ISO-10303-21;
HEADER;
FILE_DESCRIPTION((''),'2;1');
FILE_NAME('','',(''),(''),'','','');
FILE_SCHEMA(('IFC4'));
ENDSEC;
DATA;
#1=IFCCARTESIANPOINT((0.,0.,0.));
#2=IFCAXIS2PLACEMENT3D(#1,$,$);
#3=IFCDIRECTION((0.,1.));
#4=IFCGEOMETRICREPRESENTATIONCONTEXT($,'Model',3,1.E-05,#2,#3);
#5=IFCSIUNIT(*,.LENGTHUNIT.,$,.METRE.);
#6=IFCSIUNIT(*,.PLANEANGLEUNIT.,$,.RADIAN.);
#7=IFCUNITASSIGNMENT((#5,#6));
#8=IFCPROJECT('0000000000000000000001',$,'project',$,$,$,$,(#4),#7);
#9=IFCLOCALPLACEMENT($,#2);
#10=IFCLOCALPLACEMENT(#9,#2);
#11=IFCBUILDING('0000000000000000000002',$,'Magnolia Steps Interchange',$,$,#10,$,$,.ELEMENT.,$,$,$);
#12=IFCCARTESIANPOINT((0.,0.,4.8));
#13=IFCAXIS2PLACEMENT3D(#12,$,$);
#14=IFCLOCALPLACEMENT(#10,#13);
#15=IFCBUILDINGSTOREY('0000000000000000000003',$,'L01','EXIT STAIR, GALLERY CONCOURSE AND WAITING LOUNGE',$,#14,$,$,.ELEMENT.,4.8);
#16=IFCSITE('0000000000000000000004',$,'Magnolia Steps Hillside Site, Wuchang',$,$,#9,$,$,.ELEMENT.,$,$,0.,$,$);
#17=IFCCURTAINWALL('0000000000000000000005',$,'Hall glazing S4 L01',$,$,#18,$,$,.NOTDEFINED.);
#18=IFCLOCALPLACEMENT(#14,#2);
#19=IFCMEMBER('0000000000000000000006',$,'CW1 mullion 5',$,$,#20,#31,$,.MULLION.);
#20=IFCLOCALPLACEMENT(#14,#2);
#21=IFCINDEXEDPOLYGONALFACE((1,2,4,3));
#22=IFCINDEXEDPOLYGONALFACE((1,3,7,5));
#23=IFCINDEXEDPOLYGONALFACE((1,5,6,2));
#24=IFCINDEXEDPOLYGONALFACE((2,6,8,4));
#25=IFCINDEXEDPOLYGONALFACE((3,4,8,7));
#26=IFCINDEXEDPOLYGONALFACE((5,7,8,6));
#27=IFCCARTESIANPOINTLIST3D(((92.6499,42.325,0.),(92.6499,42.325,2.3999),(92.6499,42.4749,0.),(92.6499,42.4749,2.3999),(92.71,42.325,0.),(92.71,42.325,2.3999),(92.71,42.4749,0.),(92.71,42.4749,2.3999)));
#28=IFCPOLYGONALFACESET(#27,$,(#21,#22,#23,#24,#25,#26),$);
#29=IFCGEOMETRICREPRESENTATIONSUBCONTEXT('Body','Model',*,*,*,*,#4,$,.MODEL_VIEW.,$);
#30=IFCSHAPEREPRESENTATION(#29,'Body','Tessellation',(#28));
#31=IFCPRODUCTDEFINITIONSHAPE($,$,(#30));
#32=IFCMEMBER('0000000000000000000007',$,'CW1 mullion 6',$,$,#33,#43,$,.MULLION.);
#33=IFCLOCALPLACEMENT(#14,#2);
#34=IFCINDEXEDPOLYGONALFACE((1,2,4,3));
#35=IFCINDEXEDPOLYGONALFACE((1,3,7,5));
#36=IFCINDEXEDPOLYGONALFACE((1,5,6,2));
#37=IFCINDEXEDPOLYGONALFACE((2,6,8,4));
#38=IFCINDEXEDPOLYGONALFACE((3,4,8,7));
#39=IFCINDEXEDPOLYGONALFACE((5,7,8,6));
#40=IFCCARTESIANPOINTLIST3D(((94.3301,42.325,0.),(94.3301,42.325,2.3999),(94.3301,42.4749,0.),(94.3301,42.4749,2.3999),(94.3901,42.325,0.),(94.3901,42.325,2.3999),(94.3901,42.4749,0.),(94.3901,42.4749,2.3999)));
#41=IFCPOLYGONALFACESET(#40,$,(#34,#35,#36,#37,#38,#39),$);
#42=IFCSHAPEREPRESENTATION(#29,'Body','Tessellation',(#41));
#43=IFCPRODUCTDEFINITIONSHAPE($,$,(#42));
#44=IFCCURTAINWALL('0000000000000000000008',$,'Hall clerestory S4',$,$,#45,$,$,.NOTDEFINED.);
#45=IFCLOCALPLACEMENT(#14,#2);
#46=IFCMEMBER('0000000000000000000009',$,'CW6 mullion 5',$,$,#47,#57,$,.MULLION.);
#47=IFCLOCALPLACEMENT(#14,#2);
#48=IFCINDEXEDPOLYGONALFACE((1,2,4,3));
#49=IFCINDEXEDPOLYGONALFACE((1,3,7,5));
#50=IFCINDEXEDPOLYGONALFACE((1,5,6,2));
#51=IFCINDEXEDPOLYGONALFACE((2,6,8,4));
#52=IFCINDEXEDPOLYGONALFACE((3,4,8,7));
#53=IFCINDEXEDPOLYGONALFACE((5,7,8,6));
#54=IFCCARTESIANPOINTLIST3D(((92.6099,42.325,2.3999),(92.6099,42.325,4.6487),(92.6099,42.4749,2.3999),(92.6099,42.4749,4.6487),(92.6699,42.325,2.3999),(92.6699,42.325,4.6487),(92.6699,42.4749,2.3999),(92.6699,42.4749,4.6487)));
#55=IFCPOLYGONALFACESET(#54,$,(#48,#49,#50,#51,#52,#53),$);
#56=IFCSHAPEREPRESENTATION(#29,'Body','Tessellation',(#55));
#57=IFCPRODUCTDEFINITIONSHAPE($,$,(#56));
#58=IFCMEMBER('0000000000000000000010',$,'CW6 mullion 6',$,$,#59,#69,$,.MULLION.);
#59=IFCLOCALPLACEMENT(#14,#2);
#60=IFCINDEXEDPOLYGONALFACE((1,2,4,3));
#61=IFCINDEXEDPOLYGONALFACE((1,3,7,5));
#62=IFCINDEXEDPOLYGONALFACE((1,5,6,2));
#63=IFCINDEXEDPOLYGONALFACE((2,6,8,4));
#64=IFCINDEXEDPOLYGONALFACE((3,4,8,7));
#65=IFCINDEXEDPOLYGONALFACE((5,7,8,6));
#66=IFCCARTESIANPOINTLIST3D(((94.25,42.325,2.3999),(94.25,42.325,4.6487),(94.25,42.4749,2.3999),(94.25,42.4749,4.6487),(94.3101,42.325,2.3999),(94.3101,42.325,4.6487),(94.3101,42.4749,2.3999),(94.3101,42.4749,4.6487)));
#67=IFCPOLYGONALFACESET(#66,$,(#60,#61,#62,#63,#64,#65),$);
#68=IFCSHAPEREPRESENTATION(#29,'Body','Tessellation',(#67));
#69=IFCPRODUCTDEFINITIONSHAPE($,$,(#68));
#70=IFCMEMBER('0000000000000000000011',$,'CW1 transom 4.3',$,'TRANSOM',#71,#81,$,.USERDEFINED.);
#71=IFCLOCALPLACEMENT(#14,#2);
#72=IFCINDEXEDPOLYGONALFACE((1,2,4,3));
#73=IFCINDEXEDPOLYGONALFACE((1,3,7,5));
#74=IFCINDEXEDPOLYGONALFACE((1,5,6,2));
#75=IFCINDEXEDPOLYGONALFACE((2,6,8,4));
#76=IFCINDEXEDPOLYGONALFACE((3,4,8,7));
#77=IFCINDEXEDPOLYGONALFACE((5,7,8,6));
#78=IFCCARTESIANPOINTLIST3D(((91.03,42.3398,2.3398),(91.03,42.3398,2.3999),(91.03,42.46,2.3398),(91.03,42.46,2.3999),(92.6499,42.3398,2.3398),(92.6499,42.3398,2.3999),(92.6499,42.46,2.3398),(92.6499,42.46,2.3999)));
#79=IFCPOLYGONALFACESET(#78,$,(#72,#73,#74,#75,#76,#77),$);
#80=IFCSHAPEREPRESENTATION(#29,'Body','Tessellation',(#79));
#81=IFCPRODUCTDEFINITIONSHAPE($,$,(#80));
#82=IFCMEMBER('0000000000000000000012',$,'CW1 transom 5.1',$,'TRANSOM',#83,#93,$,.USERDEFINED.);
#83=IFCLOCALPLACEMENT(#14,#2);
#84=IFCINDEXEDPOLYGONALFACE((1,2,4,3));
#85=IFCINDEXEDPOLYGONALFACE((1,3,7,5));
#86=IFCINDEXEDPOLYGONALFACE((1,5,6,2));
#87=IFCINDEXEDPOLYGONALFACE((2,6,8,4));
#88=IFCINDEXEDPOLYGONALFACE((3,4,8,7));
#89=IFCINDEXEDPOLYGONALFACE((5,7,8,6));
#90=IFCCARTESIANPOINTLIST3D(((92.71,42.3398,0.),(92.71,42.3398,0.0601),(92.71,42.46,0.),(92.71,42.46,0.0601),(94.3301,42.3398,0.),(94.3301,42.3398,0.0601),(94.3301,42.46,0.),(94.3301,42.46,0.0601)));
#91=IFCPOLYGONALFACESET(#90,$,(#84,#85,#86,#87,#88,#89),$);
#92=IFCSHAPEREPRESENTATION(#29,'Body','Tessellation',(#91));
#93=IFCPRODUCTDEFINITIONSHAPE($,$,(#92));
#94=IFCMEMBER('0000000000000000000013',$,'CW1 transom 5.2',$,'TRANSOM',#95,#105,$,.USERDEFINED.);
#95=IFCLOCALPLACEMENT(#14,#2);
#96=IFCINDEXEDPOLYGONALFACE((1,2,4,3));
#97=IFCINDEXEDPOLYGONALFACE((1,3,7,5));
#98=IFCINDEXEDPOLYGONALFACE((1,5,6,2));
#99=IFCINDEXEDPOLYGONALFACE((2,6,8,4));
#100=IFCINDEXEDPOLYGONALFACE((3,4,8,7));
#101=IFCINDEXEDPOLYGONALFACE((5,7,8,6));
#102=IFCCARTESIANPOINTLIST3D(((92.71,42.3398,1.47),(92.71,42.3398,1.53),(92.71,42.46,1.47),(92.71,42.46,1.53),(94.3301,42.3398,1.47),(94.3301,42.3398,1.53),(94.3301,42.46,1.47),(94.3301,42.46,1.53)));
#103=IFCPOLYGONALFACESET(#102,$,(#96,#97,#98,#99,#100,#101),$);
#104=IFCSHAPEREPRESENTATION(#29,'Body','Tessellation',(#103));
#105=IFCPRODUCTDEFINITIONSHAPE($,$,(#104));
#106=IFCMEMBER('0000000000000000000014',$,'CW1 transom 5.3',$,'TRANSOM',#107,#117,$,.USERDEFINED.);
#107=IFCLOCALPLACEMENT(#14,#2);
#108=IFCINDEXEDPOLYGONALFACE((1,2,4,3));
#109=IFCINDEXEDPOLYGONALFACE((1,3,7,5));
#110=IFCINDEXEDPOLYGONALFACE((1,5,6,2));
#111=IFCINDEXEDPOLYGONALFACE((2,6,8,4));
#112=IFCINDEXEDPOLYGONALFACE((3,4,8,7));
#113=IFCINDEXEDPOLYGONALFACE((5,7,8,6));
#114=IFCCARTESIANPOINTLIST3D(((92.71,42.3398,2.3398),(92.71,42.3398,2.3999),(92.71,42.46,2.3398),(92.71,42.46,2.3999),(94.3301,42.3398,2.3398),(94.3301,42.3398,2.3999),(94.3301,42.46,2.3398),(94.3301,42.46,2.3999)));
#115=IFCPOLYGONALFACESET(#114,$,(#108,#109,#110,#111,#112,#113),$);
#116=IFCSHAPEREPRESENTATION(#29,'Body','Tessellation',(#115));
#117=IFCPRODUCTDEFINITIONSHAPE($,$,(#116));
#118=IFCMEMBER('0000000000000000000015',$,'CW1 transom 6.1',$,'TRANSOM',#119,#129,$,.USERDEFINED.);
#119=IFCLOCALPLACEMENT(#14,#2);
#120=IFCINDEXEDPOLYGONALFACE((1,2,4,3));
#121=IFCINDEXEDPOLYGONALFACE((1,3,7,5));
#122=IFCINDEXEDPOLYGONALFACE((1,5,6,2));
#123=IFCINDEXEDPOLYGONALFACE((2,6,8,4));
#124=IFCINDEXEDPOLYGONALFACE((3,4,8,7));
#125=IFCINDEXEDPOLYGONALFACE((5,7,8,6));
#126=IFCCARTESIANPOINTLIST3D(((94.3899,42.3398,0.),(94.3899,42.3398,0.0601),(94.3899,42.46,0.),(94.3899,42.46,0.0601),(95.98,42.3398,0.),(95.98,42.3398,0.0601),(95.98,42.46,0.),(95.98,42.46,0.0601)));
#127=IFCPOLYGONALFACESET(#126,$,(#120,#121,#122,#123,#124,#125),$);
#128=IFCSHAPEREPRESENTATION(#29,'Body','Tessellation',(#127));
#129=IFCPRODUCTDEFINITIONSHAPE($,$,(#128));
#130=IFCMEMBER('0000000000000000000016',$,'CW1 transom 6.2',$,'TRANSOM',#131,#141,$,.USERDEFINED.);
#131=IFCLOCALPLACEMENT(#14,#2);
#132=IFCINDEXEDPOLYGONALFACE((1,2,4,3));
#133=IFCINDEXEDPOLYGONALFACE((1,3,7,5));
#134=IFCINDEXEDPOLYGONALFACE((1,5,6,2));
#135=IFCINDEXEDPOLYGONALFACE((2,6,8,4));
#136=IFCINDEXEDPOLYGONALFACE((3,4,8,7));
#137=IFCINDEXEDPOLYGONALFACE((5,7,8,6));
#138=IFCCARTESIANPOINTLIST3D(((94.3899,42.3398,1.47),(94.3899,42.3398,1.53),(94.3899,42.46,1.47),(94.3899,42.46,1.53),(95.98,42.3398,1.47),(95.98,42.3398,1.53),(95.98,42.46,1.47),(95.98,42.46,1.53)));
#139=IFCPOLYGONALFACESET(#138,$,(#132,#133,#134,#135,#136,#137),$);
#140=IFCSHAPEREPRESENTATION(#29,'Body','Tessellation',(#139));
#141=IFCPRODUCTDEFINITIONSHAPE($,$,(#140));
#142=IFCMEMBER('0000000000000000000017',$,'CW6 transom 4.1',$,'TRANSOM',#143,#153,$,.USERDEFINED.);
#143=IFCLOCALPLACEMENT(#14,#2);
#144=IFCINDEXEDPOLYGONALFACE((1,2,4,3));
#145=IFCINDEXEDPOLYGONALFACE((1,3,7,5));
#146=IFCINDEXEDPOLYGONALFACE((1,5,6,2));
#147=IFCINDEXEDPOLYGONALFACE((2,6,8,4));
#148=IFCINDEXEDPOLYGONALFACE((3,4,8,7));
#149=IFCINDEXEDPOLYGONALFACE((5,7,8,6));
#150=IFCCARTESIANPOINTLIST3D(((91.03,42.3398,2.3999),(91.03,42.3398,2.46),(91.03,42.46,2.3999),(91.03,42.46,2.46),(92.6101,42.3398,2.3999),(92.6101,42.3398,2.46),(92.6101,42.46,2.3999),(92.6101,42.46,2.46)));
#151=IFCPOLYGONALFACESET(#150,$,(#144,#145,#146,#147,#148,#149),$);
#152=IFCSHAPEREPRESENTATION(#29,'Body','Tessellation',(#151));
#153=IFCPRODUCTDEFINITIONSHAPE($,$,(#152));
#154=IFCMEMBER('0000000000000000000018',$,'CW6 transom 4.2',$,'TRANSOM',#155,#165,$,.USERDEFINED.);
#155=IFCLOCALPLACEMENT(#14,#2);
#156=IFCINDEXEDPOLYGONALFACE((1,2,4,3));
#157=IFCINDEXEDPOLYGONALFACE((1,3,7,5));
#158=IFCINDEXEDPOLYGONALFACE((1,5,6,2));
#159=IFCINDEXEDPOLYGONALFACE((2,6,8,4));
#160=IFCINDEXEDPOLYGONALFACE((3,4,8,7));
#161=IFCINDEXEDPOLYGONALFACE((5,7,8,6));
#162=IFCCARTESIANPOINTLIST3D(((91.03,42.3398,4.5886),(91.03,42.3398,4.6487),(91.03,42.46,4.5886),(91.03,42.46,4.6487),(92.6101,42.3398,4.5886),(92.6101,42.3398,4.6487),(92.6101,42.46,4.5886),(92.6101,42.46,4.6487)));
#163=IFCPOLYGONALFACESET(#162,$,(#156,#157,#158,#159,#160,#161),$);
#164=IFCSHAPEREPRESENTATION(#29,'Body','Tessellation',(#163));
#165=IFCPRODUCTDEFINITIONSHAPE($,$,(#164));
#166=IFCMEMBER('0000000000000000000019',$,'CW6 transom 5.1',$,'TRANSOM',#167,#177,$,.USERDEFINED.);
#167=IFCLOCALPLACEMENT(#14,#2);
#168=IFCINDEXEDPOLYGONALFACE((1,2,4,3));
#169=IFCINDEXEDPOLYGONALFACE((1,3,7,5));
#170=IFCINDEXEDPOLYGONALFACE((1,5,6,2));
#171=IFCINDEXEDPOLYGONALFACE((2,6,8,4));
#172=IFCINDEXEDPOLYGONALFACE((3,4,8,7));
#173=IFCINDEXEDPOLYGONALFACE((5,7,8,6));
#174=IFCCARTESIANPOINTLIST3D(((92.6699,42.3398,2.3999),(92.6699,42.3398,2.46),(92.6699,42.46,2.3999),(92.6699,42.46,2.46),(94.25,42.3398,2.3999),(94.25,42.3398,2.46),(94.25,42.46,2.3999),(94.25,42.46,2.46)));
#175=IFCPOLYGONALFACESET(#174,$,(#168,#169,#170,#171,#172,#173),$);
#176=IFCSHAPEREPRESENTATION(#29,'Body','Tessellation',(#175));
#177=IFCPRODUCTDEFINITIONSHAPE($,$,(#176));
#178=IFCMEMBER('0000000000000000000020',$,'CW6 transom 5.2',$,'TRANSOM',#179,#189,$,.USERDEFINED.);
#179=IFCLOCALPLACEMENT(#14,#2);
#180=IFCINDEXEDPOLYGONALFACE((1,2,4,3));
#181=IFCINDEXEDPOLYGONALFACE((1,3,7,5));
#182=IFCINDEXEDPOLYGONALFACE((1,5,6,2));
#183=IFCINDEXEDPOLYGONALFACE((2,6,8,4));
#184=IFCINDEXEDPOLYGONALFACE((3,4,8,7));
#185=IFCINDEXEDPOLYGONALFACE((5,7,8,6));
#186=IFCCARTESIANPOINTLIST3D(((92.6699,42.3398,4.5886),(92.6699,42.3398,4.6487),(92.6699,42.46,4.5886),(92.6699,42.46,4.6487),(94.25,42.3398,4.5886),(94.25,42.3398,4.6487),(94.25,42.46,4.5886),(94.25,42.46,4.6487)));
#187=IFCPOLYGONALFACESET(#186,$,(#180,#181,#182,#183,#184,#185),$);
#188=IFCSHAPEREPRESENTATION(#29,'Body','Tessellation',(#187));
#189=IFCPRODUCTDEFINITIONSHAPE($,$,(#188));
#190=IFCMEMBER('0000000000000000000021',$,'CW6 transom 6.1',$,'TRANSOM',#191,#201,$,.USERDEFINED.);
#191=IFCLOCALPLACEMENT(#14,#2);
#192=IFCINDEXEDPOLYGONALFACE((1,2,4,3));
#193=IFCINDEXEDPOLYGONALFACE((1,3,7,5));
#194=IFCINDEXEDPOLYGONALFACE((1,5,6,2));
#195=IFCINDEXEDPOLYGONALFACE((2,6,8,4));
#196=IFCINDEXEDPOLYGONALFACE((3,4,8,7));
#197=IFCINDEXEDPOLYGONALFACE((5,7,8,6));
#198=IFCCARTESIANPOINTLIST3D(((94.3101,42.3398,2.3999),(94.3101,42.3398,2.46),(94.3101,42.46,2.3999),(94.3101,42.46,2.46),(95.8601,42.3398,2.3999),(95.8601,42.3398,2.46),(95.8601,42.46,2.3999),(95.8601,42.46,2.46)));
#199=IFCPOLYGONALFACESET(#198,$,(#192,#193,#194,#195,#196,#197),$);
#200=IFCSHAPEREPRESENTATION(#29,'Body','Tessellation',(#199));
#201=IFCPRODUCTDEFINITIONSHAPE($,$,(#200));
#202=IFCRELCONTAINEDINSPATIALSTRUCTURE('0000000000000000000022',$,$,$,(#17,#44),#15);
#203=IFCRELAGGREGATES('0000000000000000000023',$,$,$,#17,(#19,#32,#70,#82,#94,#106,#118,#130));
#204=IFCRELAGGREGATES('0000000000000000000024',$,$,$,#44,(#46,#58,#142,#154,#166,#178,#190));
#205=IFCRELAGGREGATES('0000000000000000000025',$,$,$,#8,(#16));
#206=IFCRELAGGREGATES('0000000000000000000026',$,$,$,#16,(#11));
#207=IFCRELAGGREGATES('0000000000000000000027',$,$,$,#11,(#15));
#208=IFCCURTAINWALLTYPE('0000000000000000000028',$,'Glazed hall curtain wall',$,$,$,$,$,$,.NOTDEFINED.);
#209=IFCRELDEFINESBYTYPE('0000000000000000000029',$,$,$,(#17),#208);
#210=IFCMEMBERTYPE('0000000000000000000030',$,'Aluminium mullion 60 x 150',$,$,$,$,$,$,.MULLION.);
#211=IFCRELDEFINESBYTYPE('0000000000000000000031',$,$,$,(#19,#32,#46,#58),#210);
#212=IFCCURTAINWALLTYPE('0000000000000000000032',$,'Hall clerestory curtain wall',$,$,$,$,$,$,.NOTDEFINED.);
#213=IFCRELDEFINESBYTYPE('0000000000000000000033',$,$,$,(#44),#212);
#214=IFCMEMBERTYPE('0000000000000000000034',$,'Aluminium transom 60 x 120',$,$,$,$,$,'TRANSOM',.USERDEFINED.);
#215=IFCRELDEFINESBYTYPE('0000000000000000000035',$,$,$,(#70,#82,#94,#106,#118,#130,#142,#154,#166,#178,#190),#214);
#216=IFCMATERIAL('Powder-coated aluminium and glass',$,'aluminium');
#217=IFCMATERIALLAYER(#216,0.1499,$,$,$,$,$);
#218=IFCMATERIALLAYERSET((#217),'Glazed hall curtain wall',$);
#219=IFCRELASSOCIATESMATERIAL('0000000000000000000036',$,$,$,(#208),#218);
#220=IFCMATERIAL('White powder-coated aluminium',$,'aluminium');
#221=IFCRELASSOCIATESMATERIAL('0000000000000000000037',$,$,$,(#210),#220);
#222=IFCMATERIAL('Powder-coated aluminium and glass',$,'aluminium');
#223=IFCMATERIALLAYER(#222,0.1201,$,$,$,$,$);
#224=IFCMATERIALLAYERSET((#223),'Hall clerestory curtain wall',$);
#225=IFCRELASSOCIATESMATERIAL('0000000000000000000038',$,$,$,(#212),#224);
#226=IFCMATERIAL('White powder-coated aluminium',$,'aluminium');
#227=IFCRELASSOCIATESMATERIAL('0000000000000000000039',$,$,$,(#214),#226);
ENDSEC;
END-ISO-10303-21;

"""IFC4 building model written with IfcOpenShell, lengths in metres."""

from ifc_helpers import new_model, si_unit, direction, frame, origin, origin_2d, place, context, subcontext, project, spatial, rectangle, extrude, material, layer, layer_set, material_profile, profile_set, type_object, element, aggregate, save


model = new_model("IFC4")

# Units and contexts
model_context = context("Model", 3, precision=1e-05, world=origin(), true_north=direction((0.0, 1.0)))
body_context = subcontext(model_context, "Body", "Model", "MODEL_VIEW")
ifc_project = project(units=[si_unit("LENGTHUNIT", "METRE"), si_unit("PLANEANGLEUNIT", "RADIAN")], contexts=[model_context])

# Site, building, storey
site_placement = place(None, origin())
site = spatial("IfcSite", under=ifc_project, at=site_placement, Name="Magnolia Steps Hillside Site, Wuchang", CompositionType="ELEMENT", RefElevation=0.0)
building_placement = place(site_placement, origin())
building = spatial("IfcBuilding", under=site, at=building_placement, Name="Magnolia Steps Interchange", CompositionType="ELEMENT")
storey_placement = place(building_placement, frame((0.0, 0.0, 4.8)))
storey = spatial("IfcBuildingStorey", under=building, at=storey_placement, Name="L01", Description="EXIT STAIR, GALLERY CONCOURSE AND WAITING LOUNGE", CompositionType="ELEMENT", Elevation=4.8)

# Curtain walls, members
ifc_material_1 = material(Name="Powder-coated aluminium and glass", Category="aluminium")
ifc_layer_1 = layer(ifc_material_1, 0.1499)
ifc_layer_set_1 = layer_set([ifc_layer_1], Name="Glazed hall curtain wall")
curtain_wall_type_1 = type_object("IfcCurtainWallType", Name="Glazed hall curtain wall", PredefinedType="NOTDEFINED", material=ifc_layer_set_1)
curtain_wall_1_placement = place(storey_placement, origin())
curtain_wall_1 = element("IfcCurtainWall", 1, at=curtain_wall_1_placement, inside=storey, type_object=curtain_wall_type_1, Name="Hall glazing S4 L01", PredefinedType="NOTDEFINED")
ifc_material_2 = material(Name="White powder-coated aluminium", Category="aluminium")
ifc_material_profile_1 = material_profile(ifc_material_2, rectangle(XDim=0.0601, YDim=0.1499, at=origin_2d()), Name="Aluminium mullion 60 x 150")
ifc_profile_set_1 = profile_set([ifc_material_profile_1], Name="White powder-coated aluminium")
member_type_1 = type_object("IfcMemberType", Name="Aluminium mullion 60 x 150", PredefinedType="MULLION", material=ifc_profile_set_1)
member_1_placement = place(storey_placement, frame((92.6799, 42.3999, 0.0), z_axis=(0.0, 0.0, 1.0), x_axis=(1.0, 0.0, 0.0)))
member_1 = element("IfcMember", 2, at=member_1_placement, type_object=member_type_1, Name="CW1 mullion 5", PredefinedType="MULLION", context=body_context, shape_type="SweptSolid", body=[
    extrude(rectangle(XDim=0.0601, YDim=0.1499, at=origin_2d()), origin(), (0.0, 0.0, 1.0), 2.3999),
])
member_2_placement = place(storey_placement, frame((94.3601, 42.3999, 0.0), z_axis=(0.0, 0.0, 1.0), x_axis=(1.0, 0.0, 0.0)))
member_2 = element("IfcMember", 3, at=member_2_placement, type_object=member_type_1, Name="CW1 mullion 6", PredefinedType="MULLION", context=body_context, shape_type="SweptSolid", body=[
    extrude(rectangle(XDim=0.0601, YDim=0.1499, at=origin_2d()), origin(), (0.0, 0.0, 1.0), 2.3999),
])
ifc_material_3 = material(Name="Powder-coated aluminium and glass", Category="aluminium")
ifc_layer_2 = layer(ifc_material_3, 0.1201)
ifc_layer_set_2 = layer_set([ifc_layer_2], Name="Hall clerestory curtain wall")
curtain_wall_type_2 = type_object("IfcCurtainWallType", Name="Hall clerestory curtain wall", PredefinedType="NOTDEFINED", material=ifc_layer_set_2)
curtain_wall_2_placement = place(storey_placement, origin())
curtain_wall_2 = element("IfcCurtainWall", 4, at=curtain_wall_2_placement, inside=storey, type_object=curtain_wall_type_2, Name="Hall clerestory S4", PredefinedType="NOTDEFINED")
member_3_placement = place(storey_placement, frame((92.6399, 42.3999, 2.3999), z_axis=(0.0, 0.0, 1.0), x_axis=(1.0, 0.0, 0.0)))
member_3 = element("IfcMember", 5, at=member_3_placement, type_object=member_type_1, Name="CW6 mullion 5", PredefinedType="MULLION", context=body_context, shape_type="SweptSolid", body=[
    extrude(rectangle(XDim=0.0601, YDim=0.1499, at=origin_2d()), origin(), (0.0, 0.0, 1.0), 2.2488),
])
member_4_placement = place(storey_placement, frame((94.28, 42.3999, 2.3999), z_axis=(0.0, 0.0, 1.0), x_axis=(1.0, 0.0, 0.0)))
member_4 = element("IfcMember", 6, at=member_4_placement, type_object=member_type_1, Name="CW6 mullion 6", PredefinedType="MULLION", context=body_context, shape_type="SweptSolid", body=[
    extrude(rectangle(XDim=0.0601, YDim=0.1499, at=origin_2d()), origin(), (0.0, 0.0, 1.0), 2.2488),
])

# Members
ifc_material_4 = material(Name="White powder-coated aluminium", Category="aluminium")
ifc_material_profile_2 = material_profile(ifc_material_4, rectangle(XDim=0.0601, YDim=0.1201, at=origin_2d()), Name="Aluminium transom 60 x 120")
ifc_profile_set_2 = profile_set([ifc_material_profile_2], Name="White powder-coated aluminium")
member_type_2 = type_object("IfcMemberType", Name="Aluminium transom 60 x 120", ElementType="TRANSOM", PredefinedType="USERDEFINED", material=ifc_profile_set_2)
member_5_placement = place(storey_placement, frame((91.03, 42.3999, 2.3699), z_axis=(1.0, 0.0, 0.0), x_axis=(0.0, 0.0, 1.0)))
member_5 = element("IfcMember", 7, at=member_5_placement, type_object=member_type_2, Name="CW1 transom 4.3", ObjectType="TRANSOM", PredefinedType="USERDEFINED", context=body_context, shape_type="SweptSolid", body=[
    extrude(rectangle(XDim=0.0601, YDim=0.1201, at=origin_2d()), origin(), (0.0, 0.0, 1.0), 1.6199),
])
member_6_placement = place(storey_placement, frame((92.71, 42.3999, 0.03), z_axis=(1.0, 0.0, 0.0), x_axis=(0.0, 0.0, 1.0)))
member_6 = element("IfcMember", 8, at=member_6_placement, type_object=member_type_2, Name="CW1 transom 5.1", ObjectType="TRANSOM", PredefinedType="USERDEFINED", context=body_context, shape_type="SweptSolid", body=[
    extrude(rectangle(XDim=0.0601, YDim=0.1201, at=origin_2d()), origin(), (0.0, 0.0, 1.0), 1.6201),
])
member_7_placement = place(storey_placement, frame((92.71, 42.3999, 1.5), z_axis=(1.0, 0.0, 0.0), x_axis=(0.0, 0.0, 1.0)))
member_7 = element("IfcMember", 9, at=member_7_placement, type_object=member_type_2, Name="CW1 transom 5.2", ObjectType="TRANSOM", PredefinedType="USERDEFINED", context=body_context, shape_type="SweptSolid", body=[
    extrude(rectangle(XDim=0.0601, YDim=0.1201, at=origin_2d()), origin(), (0.0, 0.0, 1.0), 1.6201),
])
member_8_placement = place(storey_placement, frame((92.71, 42.3999, 2.3699), z_axis=(1.0, 0.0, 0.0), x_axis=(0.0, 0.0, 1.0)))
member_8 = element("IfcMember", 10, at=member_8_placement, type_object=member_type_2, Name="CW1 transom 5.3", ObjectType="TRANSOM", PredefinedType="USERDEFINED", context=body_context, shape_type="SweptSolid", body=[
    extrude(rectangle(XDim=0.0601, YDim=0.1201, at=origin_2d()), origin(), (0.0, 0.0, 1.0), 1.6201),
])
member_9_placement = place(storey_placement, frame((94.3899, 42.3999, 0.03), z_axis=(1.0, 0.0, 0.0), x_axis=(0.0, 0.0, 1.0)))
member_9 = element("IfcMember", 11, at=member_9_placement, type_object=member_type_2, Name="CW1 transom 6.1", ObjectType="TRANSOM", PredefinedType="USERDEFINED", context=body_context, shape_type="SweptSolid", body=[
    extrude(rectangle(XDim=0.0601, YDim=0.1201, at=origin_2d()), origin(), (0.0, 0.0, 1.0), 1.5901),
])
member_10_placement = place(storey_placement, frame((94.3899, 42.3999, 1.5), z_axis=(1.0, 0.0, 0.0), x_axis=(0.0, 0.0, 1.0)))
member_10 = element("IfcMember", 12, at=member_10_placement, type_object=member_type_2, Name="CW1 transom 6.2", ObjectType="TRANSOM", PredefinedType="USERDEFINED", context=body_context, shape_type="SweptSolid", body=[
    extrude(rectangle(XDim=0.0601, YDim=0.1201, at=origin_2d()), origin(), (0.0, 0.0, 1.0), 1.5901),
])
member_11_placement = place(storey_placement, frame((91.03, 42.3999, 2.4299), z_axis=(1.0, 0.0, 0.0), x_axis=(0.0, 0.0, 1.0)))
member_11 = element("IfcMember", 13, at=member_11_placement, type_object=member_type_2, Name="CW6 transom 4.1", ObjectType="TRANSOM", PredefinedType="USERDEFINED", context=body_context, shape_type="SweptSolid", body=[
    extrude(rectangle(XDim=0.0601, YDim=0.1201, at=origin_2d()), origin(), (0.0, 0.0, 1.0), 1.5801),
])
member_12_placement = place(storey_placement, frame((91.03, 42.3999, 4.6187), z_axis=(1.0, 0.0, 0.0), x_axis=(0.0, 0.0, 1.0)))
member_12 = element("IfcMember", 14, at=member_12_placement, type_object=member_type_2, Name="CW6 transom 4.2", ObjectType="TRANSOM", PredefinedType="USERDEFINED", context=body_context, shape_type="SweptSolid", body=[
    extrude(rectangle(XDim=0.0601, YDim=0.1201, at=origin_2d()), origin(), (0.0, 0.0, 1.0), 1.5801),
])
member_13_placement = place(storey_placement, frame((92.6699, 42.3999, 2.4299), z_axis=(1.0, 0.0, 0.0), x_axis=(0.0, 0.0, 1.0)))
member_13 = element("IfcMember", 15, at=member_13_placement, type_object=member_type_2, Name="CW6 transom 5.1", ObjectType="TRANSOM", PredefinedType="USERDEFINED", context=body_context, shape_type="SweptSolid", body=[
    extrude(rectangle(XDim=0.0601, YDim=0.1201, at=origin_2d()), origin(), (0.0, 0.0, 1.0), 1.5801),
])
member_14_placement = place(storey_placement, frame((92.6699, 42.3999, 4.6187), z_axis=(1.0, 0.0, 0.0), x_axis=(0.0, 0.0, 1.0)))
member_14 = element("IfcMember", 16, at=member_14_placement, type_object=member_type_2, Name="CW6 transom 5.2", ObjectType="TRANSOM", PredefinedType="USERDEFINED", context=body_context, shape_type="SweptSolid", body=[
    extrude(rectangle(XDim=0.0601, YDim=0.1201, at=origin_2d()), origin(), (0.0, 0.0, 1.0), 1.5801),
])
member_15_placement = place(storey_placement, frame((94.3101, 42.3999, 2.4299), z_axis=(1.0, 0.0, 0.0), x_axis=(0.0, 0.0, 1.0)))
member_15 = element("IfcMember", 17, at=member_15_placement, type_object=member_type_2, Name="CW6 transom 6.1", ObjectType="TRANSOM", PredefinedType="USERDEFINED", context=body_context, shape_type="SweptSolid", body=[
    extrude(rectangle(XDim=0.0601, YDim=0.1201, at=origin_2d()), origin(), (0.0, 0.0, 1.0), 1.55),
])

aggregate(curtain_wall_1, [member_1, member_2, member_5, member_6, member_7, member_8, member_9, member_10])
aggregate(curtain_wall_2, [member_3, member_4, member_11, member_12, member_13, member_14, member_15])

save(model, "model.ifc")
